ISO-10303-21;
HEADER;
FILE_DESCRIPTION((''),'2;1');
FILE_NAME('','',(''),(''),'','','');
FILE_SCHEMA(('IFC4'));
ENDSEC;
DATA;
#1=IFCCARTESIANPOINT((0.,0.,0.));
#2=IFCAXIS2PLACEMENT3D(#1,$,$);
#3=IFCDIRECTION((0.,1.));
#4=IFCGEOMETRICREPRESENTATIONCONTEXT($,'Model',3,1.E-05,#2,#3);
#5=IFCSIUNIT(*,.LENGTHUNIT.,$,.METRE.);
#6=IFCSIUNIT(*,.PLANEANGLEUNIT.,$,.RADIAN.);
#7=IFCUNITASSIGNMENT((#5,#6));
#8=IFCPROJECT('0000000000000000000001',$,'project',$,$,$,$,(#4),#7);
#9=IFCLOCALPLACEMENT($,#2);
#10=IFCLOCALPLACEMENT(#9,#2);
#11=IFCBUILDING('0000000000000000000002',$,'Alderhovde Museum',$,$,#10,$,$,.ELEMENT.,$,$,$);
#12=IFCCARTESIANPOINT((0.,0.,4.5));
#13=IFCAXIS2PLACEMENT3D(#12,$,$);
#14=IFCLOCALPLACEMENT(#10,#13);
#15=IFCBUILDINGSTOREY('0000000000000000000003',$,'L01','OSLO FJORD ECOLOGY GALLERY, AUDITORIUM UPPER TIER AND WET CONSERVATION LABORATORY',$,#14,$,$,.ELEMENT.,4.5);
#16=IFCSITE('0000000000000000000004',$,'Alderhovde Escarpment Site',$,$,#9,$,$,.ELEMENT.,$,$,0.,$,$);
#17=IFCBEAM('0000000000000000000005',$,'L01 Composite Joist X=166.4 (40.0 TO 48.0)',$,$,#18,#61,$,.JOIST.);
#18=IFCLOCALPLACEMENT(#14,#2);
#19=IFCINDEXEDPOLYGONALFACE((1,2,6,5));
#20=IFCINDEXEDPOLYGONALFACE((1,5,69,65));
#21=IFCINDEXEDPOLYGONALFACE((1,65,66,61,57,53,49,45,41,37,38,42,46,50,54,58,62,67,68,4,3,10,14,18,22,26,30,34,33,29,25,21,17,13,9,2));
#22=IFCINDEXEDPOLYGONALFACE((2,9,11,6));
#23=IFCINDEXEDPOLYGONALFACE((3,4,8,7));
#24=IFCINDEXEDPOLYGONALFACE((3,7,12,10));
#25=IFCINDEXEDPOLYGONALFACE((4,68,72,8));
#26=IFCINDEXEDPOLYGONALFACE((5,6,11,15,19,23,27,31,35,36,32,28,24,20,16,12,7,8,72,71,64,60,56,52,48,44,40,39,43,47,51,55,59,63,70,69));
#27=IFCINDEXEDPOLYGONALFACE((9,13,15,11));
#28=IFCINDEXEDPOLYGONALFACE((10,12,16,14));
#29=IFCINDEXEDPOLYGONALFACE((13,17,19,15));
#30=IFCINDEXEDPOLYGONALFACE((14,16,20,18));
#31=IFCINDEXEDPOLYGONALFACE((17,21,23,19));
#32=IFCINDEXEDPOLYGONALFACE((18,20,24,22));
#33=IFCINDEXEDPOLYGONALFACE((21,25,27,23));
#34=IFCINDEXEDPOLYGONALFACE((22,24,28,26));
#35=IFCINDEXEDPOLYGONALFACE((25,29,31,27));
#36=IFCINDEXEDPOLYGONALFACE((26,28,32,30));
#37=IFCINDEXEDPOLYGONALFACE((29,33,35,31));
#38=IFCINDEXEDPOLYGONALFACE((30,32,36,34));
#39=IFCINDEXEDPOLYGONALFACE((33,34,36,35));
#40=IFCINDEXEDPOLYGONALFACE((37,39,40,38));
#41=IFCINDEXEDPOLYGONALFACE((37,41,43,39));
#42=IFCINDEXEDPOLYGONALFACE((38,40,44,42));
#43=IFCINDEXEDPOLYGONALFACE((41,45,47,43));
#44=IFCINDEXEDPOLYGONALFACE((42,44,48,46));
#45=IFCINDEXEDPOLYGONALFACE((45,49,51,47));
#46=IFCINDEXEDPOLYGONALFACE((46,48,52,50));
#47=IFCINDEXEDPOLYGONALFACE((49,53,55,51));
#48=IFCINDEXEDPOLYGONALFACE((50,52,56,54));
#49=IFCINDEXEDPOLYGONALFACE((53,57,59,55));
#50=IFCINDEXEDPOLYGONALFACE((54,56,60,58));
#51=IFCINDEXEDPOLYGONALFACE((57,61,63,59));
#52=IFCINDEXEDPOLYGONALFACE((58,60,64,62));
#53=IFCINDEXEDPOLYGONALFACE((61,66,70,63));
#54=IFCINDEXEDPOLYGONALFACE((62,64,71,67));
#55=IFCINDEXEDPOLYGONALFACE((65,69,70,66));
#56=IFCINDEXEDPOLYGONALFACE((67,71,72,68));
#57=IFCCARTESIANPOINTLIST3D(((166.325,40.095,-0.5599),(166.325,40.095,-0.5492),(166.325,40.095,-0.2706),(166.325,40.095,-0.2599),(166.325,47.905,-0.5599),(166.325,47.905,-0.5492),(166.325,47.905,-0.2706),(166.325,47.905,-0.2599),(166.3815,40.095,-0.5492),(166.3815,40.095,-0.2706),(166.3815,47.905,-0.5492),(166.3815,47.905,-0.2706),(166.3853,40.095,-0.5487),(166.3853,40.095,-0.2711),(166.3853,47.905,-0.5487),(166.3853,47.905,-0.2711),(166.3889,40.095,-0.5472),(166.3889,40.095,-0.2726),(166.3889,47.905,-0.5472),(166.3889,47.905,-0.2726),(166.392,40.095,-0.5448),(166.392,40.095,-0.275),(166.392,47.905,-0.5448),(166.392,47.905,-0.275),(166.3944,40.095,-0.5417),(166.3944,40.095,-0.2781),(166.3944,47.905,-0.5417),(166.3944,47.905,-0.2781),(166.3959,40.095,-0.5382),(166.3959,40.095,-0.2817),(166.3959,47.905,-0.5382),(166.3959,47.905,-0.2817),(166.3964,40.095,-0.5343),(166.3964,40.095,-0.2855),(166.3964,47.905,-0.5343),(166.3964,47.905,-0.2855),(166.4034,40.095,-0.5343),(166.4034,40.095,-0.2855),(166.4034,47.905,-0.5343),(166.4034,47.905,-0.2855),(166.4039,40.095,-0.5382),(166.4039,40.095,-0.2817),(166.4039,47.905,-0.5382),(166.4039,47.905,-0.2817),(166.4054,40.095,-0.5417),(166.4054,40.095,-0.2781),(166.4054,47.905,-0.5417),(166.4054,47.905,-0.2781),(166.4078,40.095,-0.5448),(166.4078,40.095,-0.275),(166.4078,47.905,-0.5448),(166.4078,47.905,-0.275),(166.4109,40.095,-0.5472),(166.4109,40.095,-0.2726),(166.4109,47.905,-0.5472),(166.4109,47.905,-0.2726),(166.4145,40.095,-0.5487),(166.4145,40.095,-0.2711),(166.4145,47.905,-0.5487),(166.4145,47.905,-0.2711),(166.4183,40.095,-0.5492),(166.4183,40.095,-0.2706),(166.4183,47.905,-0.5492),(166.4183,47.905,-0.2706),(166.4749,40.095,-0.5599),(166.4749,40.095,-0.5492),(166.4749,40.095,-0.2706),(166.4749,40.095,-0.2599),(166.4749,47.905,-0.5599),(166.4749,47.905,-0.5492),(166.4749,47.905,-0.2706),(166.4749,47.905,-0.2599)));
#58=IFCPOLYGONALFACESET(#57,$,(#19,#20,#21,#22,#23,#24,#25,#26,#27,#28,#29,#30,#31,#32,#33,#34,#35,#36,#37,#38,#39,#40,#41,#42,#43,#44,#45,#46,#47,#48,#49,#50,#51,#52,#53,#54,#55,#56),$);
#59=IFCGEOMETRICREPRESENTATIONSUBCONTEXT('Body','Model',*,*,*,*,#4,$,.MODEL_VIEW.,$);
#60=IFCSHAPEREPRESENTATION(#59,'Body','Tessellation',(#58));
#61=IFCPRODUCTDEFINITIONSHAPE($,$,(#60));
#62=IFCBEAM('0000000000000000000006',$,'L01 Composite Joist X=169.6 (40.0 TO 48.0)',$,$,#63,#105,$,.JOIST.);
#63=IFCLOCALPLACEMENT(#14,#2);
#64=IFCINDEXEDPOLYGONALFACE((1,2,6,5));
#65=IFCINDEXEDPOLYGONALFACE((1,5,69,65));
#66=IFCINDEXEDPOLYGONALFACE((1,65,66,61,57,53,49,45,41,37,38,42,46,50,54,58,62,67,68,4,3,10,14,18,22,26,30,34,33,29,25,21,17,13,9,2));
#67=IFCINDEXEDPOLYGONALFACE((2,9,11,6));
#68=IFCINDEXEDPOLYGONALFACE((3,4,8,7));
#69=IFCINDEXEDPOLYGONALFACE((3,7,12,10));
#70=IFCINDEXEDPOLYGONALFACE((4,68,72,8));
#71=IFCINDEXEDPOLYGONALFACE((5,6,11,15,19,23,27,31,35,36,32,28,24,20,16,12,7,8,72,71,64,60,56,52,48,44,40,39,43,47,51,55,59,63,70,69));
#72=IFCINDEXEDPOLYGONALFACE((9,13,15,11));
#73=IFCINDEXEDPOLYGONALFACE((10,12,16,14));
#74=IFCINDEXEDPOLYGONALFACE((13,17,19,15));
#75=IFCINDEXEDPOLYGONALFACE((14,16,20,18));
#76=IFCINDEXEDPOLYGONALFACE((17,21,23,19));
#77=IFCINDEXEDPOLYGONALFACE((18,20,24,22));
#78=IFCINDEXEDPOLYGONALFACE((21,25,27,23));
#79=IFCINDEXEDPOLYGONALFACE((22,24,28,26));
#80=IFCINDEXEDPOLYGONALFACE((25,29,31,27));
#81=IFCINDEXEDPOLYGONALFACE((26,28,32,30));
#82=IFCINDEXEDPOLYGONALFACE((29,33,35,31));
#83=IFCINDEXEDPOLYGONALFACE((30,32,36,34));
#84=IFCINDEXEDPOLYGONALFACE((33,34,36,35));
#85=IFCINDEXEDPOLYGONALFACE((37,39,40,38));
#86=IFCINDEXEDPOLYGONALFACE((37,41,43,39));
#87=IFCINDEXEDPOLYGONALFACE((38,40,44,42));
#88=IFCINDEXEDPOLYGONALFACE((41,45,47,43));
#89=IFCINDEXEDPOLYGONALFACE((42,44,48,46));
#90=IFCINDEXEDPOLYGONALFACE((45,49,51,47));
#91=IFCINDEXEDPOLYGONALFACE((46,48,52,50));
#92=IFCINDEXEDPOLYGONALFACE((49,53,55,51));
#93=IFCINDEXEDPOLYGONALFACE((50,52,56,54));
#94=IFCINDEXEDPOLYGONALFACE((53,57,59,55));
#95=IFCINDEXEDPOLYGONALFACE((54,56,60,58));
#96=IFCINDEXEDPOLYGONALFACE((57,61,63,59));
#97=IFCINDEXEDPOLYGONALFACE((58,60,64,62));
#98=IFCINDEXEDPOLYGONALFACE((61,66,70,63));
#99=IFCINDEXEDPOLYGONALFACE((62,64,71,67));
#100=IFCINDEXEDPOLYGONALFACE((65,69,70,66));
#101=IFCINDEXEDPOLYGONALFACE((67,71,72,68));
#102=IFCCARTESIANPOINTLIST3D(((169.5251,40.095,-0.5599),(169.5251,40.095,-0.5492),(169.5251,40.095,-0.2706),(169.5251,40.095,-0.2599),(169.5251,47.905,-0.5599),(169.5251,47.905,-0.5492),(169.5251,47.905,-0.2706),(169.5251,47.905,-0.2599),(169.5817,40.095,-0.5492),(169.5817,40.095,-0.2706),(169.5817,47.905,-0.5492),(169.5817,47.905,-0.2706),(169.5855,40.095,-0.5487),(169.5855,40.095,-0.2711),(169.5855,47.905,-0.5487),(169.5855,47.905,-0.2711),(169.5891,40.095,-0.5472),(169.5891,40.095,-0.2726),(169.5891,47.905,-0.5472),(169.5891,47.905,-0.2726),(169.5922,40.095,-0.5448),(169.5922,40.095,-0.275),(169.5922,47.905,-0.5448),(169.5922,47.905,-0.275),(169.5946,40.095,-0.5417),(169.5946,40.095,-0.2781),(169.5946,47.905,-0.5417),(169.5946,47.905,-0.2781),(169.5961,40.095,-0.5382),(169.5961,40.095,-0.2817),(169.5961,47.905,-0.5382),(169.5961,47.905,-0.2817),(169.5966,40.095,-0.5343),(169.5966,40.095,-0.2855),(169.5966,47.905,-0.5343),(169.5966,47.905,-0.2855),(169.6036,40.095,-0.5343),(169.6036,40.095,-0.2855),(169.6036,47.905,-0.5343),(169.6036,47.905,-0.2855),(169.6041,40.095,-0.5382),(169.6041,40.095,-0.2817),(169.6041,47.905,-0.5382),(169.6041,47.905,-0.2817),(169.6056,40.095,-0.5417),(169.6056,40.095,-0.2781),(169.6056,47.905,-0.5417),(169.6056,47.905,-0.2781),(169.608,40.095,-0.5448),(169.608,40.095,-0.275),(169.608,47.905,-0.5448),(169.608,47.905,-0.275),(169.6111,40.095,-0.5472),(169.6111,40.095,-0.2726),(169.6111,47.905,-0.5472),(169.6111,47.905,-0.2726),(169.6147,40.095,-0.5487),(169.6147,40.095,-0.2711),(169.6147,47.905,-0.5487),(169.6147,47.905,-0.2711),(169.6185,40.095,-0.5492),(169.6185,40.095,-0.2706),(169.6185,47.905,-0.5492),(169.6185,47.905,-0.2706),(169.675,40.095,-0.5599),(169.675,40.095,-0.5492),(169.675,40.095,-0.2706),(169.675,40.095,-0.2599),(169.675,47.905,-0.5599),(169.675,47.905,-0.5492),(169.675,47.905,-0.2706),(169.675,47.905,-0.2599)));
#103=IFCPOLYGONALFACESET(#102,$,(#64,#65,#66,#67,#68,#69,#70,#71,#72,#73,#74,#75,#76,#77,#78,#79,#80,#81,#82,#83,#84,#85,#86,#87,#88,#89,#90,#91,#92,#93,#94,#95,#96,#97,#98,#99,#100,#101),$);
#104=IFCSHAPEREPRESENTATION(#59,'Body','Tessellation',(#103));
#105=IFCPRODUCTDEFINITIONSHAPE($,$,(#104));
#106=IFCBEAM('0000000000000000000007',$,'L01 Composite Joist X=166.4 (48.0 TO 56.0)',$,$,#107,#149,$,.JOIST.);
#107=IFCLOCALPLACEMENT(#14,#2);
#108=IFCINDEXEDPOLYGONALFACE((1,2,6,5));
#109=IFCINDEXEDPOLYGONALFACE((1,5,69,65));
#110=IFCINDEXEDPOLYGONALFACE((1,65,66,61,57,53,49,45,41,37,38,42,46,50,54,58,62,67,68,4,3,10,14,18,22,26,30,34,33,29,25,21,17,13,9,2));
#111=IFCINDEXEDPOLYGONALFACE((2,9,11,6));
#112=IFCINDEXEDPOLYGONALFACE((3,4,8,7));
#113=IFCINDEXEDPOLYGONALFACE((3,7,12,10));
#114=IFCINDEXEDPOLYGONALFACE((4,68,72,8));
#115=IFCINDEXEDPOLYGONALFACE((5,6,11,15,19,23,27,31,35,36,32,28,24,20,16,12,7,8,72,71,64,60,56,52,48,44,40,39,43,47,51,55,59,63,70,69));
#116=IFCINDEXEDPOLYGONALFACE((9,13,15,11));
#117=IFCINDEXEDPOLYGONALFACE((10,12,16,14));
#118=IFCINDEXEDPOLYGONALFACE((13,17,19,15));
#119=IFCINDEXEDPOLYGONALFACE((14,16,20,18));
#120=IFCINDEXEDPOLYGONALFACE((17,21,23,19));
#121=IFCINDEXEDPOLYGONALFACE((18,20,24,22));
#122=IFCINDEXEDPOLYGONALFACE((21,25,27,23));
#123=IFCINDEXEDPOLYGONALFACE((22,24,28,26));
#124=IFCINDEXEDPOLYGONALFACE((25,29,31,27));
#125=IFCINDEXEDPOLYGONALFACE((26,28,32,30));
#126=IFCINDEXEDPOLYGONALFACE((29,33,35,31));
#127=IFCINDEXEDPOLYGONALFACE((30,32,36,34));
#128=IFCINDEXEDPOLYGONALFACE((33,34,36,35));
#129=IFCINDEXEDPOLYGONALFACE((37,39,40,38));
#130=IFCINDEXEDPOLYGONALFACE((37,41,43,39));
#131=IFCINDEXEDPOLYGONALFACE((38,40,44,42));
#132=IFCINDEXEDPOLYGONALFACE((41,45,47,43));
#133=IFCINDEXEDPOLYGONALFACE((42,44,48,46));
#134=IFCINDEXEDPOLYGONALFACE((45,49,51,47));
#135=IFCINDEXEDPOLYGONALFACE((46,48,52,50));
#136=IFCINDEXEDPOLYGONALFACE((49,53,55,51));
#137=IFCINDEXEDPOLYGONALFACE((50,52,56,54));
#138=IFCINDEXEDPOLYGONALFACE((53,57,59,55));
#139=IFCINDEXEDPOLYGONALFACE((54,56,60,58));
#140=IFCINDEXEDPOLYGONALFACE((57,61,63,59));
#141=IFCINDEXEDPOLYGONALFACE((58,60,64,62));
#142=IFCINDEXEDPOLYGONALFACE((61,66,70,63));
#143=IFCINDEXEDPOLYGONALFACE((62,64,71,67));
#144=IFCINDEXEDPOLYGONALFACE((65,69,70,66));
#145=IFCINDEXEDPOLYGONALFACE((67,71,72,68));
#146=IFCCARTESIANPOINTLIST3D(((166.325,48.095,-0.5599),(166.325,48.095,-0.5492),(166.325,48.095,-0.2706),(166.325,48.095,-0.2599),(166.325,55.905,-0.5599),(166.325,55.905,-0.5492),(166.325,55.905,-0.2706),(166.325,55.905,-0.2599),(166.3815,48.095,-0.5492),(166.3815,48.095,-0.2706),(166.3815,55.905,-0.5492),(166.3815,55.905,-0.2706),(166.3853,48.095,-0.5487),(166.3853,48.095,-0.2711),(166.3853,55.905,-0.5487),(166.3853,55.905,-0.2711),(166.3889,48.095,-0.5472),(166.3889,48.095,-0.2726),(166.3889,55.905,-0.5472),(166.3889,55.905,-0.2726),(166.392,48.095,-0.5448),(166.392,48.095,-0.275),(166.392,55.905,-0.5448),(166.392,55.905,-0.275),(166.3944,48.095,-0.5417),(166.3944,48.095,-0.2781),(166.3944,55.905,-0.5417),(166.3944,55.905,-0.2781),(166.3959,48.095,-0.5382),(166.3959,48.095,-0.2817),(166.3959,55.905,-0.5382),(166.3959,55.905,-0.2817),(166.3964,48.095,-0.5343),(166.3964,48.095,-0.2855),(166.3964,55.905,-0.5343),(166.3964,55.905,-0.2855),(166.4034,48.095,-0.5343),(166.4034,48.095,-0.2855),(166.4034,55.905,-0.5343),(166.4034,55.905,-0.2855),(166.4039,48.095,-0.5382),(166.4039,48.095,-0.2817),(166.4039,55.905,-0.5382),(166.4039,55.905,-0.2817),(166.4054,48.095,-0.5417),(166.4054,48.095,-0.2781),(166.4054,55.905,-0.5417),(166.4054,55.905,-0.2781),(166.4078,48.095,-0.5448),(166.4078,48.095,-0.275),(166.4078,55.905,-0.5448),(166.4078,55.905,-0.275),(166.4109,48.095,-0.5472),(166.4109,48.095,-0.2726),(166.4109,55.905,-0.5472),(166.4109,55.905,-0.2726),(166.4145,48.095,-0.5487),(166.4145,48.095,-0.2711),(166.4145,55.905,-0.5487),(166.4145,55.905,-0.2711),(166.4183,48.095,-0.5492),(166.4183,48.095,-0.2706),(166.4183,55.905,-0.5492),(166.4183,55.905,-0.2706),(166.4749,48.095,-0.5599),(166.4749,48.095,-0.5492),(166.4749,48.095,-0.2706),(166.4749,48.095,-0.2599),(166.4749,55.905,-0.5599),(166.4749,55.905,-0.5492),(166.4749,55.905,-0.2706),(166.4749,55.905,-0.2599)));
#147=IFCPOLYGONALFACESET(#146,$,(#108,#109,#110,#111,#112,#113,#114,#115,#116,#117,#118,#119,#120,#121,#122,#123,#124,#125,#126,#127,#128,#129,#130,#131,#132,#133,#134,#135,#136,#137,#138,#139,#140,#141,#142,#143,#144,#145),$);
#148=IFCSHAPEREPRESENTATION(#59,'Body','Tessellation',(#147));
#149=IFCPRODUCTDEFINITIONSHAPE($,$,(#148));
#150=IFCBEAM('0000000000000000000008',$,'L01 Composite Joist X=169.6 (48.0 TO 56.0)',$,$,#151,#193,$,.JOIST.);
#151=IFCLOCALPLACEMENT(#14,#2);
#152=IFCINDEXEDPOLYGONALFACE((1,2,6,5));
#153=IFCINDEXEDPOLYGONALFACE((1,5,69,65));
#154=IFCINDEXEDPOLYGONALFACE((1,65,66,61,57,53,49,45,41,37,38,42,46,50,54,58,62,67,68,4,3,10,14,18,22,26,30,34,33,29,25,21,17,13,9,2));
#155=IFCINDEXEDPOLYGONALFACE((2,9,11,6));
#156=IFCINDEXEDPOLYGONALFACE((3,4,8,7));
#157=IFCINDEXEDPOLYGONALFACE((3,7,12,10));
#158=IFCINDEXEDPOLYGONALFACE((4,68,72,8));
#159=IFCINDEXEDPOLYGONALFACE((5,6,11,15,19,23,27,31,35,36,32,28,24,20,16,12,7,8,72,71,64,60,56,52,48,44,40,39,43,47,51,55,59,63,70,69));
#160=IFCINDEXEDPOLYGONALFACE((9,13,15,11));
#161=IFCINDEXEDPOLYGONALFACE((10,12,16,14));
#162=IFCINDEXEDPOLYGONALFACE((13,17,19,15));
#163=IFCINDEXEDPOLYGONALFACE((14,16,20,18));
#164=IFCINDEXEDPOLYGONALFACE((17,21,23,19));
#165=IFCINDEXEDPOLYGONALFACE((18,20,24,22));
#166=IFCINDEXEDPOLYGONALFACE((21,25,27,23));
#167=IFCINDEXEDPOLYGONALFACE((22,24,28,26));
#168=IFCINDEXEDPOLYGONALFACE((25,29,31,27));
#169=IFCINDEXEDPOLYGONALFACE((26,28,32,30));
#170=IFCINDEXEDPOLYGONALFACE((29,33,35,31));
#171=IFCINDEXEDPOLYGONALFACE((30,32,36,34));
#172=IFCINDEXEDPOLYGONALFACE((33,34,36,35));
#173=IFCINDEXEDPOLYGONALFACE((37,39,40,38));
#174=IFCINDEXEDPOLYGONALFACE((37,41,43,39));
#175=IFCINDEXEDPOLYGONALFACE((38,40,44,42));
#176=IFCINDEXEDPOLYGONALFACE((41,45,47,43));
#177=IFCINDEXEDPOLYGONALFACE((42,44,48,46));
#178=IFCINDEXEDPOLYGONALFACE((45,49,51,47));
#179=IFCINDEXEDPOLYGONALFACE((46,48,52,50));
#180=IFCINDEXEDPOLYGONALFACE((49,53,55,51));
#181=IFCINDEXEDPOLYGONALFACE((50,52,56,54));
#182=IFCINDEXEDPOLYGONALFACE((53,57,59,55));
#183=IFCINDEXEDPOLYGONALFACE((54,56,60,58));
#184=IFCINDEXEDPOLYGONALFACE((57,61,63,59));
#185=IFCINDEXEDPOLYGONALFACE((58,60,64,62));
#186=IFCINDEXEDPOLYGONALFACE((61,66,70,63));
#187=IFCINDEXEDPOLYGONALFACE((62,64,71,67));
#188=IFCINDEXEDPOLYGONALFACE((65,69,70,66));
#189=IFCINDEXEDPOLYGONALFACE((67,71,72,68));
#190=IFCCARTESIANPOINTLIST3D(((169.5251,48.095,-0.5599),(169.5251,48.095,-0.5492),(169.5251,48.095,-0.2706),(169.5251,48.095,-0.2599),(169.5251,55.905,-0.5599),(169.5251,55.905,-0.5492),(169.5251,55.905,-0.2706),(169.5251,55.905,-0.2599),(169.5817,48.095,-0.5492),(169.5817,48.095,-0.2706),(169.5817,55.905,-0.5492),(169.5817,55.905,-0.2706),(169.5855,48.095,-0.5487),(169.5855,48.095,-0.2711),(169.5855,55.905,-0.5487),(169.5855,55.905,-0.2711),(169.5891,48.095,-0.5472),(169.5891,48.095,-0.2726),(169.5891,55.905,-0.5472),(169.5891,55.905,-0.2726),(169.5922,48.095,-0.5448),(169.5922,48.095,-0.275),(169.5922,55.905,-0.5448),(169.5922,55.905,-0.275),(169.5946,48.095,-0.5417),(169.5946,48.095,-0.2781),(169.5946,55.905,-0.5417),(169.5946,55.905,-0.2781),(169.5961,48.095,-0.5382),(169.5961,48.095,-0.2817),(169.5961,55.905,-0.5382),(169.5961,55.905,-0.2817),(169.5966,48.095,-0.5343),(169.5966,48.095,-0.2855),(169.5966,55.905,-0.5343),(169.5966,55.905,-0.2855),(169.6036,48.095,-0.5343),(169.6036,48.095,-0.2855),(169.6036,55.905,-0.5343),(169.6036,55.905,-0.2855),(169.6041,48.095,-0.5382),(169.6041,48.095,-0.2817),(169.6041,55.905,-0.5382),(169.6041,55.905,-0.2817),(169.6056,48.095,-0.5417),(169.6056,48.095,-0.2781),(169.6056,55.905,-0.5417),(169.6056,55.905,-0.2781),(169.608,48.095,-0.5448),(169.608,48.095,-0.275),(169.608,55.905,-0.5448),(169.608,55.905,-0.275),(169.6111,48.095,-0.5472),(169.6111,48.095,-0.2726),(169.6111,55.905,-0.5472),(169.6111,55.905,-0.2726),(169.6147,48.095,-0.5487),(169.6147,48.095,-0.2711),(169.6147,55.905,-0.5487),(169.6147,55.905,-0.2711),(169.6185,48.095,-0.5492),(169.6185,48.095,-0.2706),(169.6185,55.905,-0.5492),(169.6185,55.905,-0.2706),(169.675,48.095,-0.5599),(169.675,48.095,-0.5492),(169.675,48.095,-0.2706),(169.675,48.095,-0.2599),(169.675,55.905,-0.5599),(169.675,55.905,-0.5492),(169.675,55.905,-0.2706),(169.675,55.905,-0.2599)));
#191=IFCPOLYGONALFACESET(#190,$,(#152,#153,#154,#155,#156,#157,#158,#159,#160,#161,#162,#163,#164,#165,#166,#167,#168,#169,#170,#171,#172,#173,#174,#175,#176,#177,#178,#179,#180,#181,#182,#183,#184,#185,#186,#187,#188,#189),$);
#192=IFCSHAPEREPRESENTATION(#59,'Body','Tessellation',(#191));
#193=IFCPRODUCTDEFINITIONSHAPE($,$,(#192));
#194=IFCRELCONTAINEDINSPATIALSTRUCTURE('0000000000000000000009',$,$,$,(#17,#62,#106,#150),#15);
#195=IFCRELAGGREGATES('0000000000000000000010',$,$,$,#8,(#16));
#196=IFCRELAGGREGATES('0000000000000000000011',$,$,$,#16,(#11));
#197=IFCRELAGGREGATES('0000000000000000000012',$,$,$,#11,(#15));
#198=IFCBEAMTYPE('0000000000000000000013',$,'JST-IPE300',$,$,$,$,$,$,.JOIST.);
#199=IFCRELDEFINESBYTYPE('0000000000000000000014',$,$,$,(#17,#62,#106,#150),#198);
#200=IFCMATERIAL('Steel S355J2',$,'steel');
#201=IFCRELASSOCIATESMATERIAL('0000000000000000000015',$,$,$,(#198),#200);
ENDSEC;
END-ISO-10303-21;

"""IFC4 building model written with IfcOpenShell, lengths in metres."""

from ifc_helpers import new_model, si_unit, direction, frame, origin, origin_2d, place, context, subcontext, project, spatial, i_section, extrude, material, material_profile, profile_set, type_object, element, save


model = new_model("IFC4")

# Units and contexts
model_context = context("Model", 3, precision=1e-05, world=origin(), true_north=direction((0.0, 1.0)))
body_context = subcontext(model_context, "Body", "Model", "MODEL_VIEW")
ifc_project = project(units=[si_unit("LENGTHUNIT", "METRE"), si_unit("PLANEANGLEUNIT", "RADIAN")], contexts=[model_context])

# Site, building, storey
site_placement = place(None, origin())
site = spatial("IfcSite", under=ifc_project, at=site_placement, Name="Alderhovde Escarpment Site", CompositionType="ELEMENT", RefElevation=0.0)
building_placement = place(site_placement, origin())
building = spatial("IfcBuilding", under=site, at=building_placement, Name="Alderhovde Museum", CompositionType="ELEMENT")
storey_placement = place(building_placement, frame((0.0, 0.0, 4.5)))
storey = spatial("IfcBuildingStorey", under=building, at=storey_placement, Name="L01", Description="OSLO FJORD ECOLOGY GALLERY, AUDITORIUM UPPER TIER AND WET CONSERVATION LABORATORY", CompositionType="ELEMENT", Elevation=4.5)

# Beams
ifc_material_1 = material(Name="Steel S355J2", Category="steel")
ifc_material_profile_1 = material_profile(ifc_material_1, i_section(OverallWidth=0.1499, OverallDepth=0.3, WebThickness=0.0071, FlangeThickness=0.0107, FilletRadius=0.0149, at=origin_2d()), Name="IPE 300")
ifc_profile_set_1 = profile_set([ifc_material_profile_1], Name="Steel S355J2")
beam_type_1 = type_object("IfcBeamType", Name="JST-IPE300", PredefinedType="JOIST", material=ifc_profile_set_1)
for number, where, z_axis, x_axis, name in (
    (1, (166.3999, 40.095, -0.4099), (0.0, 1.0, 0.0), (-1.0, 0.0, 0.0), "L01 Composite Joist X=166.4 (40.0 TO 48.0)"),
    (2, (169.6001, 40.095, -0.4099), (0.0, 1.0, 0.0), (-1.0, 0.0, 0.0), "L01 Composite Joist X=169.6 (40.0 TO 48.0)"),
    (3, (166.3999, 48.095, -0.4099), (0.0, 1.0, 0.0), (-1.0, 0.0, 0.0), "L01 Composite Joist X=166.4 (48.0 TO 56.0)"),
    (4, (169.6001, 48.095, -0.4099), (0.0, 1.0, 0.0), (-1.0, 0.0, 0.0), "L01 Composite Joist X=169.6 (48.0 TO 56.0)"),
):
    element("IfcBeam", number, at=place(storey_placement, frame(where, z_axis=z_axis, x_axis=x_axis)), inside=storey, type_object=beam_type_1, Name=name, PredefinedType="JOIST", context=body_context, shape_type="SweptSolid", body=[
        extrude(i_section(OverallWidth=0.1499, OverallDepth=0.3, WebThickness=0.0071, FlangeThickness=0.0107, FilletRadius=0.0149, at=origin_2d()), origin(), (0.0, 0.0, 1.0), 7.8101),
    ])

save(model, "model.ifc")
